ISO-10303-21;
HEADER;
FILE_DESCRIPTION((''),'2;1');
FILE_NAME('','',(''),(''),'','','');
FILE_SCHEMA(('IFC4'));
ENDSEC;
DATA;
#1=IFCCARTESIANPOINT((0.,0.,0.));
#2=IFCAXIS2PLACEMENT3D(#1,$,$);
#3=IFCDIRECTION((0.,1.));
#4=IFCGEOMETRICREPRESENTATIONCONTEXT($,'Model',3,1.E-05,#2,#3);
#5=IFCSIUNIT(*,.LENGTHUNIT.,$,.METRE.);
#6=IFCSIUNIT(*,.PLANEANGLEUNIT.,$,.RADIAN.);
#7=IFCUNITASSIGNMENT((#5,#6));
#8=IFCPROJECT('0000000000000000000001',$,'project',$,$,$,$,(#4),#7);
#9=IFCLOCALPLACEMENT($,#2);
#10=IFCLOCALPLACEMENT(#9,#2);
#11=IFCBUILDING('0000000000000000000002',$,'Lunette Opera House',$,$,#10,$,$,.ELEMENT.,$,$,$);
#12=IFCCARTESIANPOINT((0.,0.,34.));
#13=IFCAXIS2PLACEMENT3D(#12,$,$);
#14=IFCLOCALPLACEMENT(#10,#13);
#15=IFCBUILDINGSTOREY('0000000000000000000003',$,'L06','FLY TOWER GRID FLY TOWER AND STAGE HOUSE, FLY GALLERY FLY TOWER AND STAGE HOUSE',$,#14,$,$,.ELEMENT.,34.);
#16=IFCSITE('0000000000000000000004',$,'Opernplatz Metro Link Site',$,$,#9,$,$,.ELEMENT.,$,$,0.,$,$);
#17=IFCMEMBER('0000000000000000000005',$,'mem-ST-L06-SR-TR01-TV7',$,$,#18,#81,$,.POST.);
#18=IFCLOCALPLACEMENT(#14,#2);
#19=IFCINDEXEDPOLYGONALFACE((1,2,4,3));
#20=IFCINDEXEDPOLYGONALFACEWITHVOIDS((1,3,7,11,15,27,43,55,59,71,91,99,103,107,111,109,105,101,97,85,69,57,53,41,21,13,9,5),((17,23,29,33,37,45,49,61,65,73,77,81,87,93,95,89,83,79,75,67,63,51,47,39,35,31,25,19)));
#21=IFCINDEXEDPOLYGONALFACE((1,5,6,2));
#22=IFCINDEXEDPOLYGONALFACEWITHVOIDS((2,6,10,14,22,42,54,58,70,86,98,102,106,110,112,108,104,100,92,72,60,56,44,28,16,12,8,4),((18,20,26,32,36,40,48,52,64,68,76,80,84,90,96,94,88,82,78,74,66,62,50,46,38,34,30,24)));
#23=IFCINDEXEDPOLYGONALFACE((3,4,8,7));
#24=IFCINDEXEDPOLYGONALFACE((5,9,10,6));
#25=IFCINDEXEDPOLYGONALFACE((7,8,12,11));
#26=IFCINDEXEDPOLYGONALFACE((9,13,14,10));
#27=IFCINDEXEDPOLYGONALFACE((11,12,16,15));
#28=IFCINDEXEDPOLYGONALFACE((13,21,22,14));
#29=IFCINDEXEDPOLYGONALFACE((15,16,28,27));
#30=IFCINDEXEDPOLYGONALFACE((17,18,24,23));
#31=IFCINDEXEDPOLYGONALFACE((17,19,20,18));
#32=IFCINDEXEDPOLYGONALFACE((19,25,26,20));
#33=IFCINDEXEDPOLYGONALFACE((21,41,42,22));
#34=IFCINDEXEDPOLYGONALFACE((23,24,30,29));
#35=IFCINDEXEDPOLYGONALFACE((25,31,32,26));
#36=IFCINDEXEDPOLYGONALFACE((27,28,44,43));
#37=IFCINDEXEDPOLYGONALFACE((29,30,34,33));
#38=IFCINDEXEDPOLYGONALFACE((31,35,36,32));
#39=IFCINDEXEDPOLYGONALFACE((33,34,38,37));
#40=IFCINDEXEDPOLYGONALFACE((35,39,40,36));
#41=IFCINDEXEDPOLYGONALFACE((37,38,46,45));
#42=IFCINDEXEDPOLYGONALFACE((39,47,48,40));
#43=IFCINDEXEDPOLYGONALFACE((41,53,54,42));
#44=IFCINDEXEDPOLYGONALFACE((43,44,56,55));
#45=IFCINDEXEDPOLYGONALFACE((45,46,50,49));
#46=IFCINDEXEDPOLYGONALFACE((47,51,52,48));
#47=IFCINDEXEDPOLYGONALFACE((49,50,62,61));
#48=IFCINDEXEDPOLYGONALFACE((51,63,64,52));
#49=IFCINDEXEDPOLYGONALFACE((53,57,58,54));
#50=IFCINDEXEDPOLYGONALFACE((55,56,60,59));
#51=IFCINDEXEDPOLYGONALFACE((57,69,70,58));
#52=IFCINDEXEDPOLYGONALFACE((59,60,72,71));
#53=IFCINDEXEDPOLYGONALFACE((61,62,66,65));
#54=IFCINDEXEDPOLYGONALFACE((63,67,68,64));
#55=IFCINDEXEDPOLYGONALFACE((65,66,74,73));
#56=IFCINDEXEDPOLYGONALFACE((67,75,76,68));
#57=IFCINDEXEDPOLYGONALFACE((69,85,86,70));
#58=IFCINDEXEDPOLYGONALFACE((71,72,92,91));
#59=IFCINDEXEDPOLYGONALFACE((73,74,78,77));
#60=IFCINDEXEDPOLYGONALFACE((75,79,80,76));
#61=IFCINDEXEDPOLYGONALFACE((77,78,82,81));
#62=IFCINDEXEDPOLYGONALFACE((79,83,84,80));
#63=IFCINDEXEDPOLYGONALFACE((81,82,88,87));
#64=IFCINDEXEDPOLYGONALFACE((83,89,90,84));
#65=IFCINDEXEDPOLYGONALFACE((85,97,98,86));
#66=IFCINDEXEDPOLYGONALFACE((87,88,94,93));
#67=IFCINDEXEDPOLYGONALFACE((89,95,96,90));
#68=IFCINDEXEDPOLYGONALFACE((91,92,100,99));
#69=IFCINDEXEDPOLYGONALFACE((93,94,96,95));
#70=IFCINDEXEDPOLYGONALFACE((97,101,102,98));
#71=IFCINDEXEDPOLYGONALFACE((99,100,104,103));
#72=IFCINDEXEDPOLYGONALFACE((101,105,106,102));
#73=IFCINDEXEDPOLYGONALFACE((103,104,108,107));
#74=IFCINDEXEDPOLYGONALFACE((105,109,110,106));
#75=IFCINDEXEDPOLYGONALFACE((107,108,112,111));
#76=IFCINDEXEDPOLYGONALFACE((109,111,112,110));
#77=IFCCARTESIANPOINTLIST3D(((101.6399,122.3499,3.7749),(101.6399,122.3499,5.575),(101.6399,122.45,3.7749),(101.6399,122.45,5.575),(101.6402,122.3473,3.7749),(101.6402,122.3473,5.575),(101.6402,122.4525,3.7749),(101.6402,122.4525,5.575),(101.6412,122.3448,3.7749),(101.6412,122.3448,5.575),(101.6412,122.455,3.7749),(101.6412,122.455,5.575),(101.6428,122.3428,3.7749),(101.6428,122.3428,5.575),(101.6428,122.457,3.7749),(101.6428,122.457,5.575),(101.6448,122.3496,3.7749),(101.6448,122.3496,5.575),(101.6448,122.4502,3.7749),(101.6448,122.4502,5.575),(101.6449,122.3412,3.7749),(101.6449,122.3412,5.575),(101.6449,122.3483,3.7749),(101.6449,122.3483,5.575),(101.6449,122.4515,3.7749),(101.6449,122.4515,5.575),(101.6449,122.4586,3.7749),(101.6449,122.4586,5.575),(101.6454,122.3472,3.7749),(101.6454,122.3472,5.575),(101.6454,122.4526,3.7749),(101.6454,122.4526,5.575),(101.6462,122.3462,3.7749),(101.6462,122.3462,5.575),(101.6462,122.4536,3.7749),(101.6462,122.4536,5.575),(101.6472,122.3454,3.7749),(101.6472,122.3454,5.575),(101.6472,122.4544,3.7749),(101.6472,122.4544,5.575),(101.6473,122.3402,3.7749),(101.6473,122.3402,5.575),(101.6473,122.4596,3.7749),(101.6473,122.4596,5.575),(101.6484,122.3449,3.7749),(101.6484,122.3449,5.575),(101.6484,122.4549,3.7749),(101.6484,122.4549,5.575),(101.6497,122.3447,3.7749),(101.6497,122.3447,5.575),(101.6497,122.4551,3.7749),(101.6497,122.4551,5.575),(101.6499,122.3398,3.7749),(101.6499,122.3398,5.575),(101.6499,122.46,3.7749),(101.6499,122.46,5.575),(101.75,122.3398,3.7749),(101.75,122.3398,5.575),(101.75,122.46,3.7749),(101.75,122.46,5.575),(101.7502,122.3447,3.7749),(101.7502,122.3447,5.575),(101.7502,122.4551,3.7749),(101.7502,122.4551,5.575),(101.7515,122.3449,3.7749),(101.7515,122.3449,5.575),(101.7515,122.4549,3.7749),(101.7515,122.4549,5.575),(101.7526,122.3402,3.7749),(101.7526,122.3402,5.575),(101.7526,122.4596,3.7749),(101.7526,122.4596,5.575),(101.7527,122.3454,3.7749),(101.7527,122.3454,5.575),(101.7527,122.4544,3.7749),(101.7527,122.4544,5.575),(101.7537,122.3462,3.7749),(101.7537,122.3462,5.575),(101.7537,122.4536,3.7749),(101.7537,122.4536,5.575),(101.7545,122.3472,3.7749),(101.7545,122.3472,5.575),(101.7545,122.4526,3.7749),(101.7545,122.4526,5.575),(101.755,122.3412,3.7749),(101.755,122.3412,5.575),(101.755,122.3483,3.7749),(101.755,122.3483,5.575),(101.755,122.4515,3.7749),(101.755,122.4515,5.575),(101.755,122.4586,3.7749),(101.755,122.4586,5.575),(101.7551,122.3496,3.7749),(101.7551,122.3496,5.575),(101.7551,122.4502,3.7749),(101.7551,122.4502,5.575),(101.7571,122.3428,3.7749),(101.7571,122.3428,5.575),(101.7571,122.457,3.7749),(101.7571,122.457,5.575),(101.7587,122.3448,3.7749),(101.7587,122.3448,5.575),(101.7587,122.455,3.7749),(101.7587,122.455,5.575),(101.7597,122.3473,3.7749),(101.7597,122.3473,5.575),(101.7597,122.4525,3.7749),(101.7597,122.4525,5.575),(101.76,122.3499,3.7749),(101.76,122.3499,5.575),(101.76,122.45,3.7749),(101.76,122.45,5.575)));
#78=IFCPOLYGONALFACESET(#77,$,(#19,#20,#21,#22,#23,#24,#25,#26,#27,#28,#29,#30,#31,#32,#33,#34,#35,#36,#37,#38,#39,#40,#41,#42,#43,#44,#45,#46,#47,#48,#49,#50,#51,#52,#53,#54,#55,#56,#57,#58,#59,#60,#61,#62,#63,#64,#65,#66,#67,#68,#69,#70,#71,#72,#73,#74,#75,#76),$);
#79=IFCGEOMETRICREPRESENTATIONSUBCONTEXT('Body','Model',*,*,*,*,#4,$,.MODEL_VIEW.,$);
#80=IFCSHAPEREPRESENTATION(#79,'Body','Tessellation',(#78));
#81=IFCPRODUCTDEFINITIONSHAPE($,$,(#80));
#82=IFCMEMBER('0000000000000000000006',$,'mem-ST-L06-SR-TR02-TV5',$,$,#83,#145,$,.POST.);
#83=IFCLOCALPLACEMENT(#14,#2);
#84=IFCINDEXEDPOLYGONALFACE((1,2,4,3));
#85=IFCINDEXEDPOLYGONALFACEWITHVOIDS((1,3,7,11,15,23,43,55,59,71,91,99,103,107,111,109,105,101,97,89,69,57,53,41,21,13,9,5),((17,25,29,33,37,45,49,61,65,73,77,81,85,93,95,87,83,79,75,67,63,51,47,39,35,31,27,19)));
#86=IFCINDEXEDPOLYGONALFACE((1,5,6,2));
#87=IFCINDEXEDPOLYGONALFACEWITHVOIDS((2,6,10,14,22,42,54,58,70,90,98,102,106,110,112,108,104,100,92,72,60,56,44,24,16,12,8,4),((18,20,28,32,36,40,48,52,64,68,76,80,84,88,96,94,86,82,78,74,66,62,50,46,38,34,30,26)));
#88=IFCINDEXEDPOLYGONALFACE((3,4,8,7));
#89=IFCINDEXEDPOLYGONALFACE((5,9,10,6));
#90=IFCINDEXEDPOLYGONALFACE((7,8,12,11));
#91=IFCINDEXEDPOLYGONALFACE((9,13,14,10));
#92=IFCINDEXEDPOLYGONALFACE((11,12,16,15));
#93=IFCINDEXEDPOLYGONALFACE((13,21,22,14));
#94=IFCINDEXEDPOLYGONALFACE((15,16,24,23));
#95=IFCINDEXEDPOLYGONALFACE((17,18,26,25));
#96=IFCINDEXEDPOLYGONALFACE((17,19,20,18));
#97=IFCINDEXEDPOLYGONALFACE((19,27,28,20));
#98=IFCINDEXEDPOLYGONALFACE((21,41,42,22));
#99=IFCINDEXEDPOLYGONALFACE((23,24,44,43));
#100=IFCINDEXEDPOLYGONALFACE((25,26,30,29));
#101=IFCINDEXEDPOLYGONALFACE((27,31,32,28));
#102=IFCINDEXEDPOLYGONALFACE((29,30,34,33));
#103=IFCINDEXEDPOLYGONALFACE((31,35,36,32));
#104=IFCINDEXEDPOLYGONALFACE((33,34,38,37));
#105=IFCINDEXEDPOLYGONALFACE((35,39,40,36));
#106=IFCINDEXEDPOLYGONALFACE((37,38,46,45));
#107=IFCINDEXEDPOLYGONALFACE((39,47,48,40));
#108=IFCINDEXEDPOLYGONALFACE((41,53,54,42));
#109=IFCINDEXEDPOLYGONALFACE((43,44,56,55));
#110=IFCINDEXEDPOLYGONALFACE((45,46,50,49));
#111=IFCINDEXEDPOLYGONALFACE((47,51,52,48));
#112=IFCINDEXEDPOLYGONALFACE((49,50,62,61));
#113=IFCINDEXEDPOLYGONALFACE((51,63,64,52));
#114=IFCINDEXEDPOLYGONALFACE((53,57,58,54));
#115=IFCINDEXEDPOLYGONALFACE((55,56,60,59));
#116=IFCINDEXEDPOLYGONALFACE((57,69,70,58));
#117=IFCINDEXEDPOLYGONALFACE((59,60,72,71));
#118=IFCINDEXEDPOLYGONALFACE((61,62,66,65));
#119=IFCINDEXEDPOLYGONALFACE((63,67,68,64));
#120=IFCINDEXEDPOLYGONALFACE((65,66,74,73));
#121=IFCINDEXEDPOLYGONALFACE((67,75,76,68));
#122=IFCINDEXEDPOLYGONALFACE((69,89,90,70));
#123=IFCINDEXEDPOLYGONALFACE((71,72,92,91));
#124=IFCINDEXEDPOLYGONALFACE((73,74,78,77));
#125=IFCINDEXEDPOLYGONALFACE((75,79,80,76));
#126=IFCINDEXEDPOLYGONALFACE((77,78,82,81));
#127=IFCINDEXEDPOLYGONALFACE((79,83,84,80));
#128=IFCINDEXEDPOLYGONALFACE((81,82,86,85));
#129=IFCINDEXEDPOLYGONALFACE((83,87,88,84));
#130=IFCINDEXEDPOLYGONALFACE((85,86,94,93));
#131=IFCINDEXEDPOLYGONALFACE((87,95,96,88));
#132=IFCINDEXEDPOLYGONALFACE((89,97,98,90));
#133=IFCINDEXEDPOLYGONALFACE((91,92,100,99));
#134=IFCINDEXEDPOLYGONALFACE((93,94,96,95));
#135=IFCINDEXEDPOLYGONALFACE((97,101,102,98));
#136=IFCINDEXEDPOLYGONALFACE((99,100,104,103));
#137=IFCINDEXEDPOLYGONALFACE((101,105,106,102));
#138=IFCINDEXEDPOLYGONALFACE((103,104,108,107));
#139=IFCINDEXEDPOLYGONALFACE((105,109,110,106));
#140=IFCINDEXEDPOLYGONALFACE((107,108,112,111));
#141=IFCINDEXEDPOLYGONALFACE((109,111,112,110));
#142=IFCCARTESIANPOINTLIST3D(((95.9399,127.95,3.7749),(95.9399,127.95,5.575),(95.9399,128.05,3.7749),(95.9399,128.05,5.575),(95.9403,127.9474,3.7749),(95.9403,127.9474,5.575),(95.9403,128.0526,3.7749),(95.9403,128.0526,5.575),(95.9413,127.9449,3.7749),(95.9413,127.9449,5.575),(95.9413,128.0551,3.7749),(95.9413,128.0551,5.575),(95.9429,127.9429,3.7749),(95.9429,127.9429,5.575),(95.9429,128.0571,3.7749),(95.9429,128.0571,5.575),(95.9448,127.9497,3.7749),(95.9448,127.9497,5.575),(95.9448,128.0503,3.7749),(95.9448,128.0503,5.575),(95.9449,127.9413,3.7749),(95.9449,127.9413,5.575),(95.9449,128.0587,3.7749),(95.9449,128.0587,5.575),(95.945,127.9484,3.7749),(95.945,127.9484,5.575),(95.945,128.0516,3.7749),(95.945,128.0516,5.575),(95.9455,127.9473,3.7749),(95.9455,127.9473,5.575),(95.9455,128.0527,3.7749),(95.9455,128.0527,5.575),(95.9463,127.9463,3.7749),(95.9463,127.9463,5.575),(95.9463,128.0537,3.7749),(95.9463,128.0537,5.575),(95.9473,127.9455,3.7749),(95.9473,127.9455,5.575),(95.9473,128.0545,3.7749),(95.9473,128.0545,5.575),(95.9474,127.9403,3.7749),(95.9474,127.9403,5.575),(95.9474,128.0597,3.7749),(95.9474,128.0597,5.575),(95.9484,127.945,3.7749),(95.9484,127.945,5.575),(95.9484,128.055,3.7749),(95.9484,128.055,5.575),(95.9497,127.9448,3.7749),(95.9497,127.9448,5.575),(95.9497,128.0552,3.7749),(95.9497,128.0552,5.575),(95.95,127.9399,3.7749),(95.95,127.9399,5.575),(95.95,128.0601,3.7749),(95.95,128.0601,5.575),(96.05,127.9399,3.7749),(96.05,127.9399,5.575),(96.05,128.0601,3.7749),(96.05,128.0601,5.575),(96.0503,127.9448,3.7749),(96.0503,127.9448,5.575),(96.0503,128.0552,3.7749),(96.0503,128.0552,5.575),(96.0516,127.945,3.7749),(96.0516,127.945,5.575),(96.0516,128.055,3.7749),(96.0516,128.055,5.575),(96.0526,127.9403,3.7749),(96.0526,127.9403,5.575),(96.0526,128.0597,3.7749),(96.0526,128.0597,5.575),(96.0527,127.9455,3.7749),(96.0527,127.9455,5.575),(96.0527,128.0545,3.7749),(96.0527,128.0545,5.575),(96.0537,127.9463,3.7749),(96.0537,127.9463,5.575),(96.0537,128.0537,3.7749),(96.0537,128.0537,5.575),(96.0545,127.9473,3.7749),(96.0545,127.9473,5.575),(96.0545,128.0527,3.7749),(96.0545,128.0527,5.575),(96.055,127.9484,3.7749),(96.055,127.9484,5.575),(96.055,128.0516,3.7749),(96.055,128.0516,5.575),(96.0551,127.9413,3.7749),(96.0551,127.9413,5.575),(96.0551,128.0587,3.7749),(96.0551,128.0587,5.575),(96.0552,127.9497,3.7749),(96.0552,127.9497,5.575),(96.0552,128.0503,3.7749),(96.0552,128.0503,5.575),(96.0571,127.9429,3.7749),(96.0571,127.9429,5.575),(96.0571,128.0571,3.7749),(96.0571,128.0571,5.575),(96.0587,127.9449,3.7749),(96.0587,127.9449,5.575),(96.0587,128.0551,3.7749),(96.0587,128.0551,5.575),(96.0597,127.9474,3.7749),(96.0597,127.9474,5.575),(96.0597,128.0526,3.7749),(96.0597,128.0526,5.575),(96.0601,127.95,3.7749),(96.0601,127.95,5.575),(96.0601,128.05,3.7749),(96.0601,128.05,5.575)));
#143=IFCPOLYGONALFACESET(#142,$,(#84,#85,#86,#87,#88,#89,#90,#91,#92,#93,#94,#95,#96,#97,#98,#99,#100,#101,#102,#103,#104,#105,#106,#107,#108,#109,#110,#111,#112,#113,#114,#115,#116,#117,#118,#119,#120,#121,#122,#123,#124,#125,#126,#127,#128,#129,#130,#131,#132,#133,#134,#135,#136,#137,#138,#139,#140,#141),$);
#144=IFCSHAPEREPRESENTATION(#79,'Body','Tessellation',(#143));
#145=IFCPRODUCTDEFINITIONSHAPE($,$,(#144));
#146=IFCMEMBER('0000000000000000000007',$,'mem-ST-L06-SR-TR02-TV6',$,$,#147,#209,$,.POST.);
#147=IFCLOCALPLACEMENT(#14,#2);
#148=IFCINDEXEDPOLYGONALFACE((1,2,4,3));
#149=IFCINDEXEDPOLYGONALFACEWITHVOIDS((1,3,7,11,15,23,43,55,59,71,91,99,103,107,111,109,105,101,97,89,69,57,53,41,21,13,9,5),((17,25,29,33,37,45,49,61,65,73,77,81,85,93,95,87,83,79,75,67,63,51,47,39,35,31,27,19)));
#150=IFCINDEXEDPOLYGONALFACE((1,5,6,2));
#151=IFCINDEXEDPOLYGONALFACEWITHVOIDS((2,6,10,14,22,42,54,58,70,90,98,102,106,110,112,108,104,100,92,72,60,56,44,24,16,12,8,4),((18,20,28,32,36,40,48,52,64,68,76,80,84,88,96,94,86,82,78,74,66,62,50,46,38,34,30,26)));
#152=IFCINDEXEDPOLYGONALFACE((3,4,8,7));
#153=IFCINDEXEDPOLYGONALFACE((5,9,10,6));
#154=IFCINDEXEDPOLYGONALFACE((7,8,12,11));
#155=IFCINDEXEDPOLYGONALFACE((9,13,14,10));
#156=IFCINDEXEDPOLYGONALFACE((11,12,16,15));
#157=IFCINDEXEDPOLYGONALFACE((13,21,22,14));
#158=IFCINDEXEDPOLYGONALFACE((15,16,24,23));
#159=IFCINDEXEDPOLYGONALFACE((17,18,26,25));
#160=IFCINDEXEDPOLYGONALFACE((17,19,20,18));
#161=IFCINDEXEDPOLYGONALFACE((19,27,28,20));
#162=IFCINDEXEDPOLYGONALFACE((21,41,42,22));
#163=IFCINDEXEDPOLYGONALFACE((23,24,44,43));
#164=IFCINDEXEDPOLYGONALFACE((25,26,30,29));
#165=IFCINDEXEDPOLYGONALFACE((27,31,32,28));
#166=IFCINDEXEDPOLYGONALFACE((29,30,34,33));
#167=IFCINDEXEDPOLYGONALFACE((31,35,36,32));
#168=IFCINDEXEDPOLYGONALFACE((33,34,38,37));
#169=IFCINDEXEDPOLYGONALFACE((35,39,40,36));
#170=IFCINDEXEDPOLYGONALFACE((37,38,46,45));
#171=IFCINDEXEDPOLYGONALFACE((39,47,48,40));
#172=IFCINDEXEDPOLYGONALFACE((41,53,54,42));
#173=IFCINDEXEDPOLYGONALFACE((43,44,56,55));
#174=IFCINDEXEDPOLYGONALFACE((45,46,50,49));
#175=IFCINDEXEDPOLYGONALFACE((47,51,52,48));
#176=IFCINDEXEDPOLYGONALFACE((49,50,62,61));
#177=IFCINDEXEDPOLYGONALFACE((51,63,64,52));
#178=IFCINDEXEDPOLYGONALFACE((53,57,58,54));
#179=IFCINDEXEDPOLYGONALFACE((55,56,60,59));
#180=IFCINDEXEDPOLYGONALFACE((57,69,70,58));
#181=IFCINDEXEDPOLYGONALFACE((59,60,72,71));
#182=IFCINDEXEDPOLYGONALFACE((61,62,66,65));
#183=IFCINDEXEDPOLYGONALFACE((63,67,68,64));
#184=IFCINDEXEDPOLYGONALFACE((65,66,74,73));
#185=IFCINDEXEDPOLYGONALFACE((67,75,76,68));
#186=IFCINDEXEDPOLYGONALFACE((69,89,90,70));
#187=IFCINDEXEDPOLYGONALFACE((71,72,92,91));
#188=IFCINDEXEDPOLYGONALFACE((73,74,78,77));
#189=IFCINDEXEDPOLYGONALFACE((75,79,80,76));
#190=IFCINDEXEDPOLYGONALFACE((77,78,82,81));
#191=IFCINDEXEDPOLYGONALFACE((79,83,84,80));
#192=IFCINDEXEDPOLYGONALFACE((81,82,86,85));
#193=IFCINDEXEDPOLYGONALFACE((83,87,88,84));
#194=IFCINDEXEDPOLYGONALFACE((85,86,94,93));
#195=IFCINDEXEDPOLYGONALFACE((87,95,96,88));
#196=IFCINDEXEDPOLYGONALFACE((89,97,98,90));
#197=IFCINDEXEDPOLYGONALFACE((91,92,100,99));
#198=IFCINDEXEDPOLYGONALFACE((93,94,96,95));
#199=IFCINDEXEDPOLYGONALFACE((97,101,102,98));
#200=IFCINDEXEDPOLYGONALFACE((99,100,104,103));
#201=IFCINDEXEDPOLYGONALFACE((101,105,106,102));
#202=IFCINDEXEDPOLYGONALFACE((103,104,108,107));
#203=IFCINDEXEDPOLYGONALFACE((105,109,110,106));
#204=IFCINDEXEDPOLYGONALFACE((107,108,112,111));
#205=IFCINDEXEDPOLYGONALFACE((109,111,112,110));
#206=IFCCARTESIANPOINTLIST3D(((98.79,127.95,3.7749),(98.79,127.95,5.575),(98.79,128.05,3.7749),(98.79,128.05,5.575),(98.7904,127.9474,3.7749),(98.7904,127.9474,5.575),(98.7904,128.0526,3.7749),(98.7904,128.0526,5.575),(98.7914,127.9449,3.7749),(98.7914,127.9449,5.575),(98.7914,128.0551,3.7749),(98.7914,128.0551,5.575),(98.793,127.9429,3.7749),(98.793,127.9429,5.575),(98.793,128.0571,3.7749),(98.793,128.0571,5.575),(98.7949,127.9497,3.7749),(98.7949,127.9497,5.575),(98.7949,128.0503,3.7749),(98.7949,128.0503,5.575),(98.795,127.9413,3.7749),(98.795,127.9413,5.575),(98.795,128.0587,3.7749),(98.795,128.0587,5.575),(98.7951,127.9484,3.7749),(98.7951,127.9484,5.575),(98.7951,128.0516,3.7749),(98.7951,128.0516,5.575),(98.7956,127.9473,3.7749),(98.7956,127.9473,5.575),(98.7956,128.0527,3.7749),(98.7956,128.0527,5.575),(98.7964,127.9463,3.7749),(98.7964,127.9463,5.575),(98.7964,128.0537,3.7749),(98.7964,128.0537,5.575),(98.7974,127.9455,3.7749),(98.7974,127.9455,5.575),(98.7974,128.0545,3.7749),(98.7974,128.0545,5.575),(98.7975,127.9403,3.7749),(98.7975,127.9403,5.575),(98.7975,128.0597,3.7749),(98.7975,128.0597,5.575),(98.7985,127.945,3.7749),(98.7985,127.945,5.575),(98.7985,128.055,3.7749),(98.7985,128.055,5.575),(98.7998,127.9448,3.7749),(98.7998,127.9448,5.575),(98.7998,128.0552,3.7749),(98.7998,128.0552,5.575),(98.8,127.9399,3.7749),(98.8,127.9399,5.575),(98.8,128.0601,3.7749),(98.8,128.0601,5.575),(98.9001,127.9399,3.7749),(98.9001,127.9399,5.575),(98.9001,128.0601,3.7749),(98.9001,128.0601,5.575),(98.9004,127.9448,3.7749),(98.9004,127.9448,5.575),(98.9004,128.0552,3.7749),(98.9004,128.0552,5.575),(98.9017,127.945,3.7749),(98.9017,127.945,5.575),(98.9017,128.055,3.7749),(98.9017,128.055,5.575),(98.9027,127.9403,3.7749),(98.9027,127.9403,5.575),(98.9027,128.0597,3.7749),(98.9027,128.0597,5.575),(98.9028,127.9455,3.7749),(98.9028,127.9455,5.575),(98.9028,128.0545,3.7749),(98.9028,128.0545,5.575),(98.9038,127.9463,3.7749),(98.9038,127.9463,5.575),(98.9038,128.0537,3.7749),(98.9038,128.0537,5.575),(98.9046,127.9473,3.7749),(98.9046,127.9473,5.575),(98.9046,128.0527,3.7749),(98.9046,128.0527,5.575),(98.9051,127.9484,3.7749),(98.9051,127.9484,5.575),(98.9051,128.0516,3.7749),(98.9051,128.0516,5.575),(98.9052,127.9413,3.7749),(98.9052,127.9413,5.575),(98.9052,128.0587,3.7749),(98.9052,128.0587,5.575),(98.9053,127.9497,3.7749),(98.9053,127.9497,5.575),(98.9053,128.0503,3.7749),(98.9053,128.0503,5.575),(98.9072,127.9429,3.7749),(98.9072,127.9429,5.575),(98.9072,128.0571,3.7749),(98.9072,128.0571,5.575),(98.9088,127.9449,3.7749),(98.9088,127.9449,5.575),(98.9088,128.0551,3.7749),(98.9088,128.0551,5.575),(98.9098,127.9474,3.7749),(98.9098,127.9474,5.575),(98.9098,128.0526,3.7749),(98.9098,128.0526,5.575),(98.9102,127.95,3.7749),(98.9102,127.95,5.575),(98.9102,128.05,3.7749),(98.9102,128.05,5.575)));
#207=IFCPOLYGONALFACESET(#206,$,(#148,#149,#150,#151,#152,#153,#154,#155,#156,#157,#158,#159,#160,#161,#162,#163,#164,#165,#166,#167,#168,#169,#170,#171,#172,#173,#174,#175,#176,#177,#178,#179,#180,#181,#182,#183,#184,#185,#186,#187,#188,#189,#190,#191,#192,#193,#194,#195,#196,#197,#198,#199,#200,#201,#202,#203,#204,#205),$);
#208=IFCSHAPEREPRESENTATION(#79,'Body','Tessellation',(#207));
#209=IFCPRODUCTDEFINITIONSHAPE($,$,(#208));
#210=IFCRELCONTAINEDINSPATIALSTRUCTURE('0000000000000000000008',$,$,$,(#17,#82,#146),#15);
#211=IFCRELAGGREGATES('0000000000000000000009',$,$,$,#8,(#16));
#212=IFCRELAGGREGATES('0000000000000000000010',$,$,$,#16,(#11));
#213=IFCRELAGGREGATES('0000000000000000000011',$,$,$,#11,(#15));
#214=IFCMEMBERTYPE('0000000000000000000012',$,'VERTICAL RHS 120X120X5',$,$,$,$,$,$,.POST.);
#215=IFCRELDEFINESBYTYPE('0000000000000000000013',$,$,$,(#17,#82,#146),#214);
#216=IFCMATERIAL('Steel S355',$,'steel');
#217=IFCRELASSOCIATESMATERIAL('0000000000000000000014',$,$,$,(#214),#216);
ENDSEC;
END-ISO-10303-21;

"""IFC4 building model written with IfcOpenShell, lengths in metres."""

from ifc_helpers import new_model, si_unit, direction, frame, origin, origin_2d, place, context, subcontext, project, spatial, hollow_rectangle, extrude, material, material_profile, profile_set, type_object, element, save


model = new_model("IFC4")

# Units and contexts
model_context = context("Model", 3, precision=1e-05, world=origin(), true_north=direction((0.0, 1.0)))
body_context = subcontext(model_context, "Body", "Model", "MODEL_VIEW")
ifc_project = project(units=[si_unit("LENGTHUNIT", "METRE"), si_unit("PLANEANGLEUNIT", "RADIAN")], contexts=[model_context])

# Site, building, storey
site_placement = place(None, origin())
site = spatial("IfcSite", under=ifc_project, at=site_placement, Name="Opernplatz Metro Link Site", CompositionType="ELEMENT", RefElevation=0.0)
building_placement = place(site_placement, origin())
building = spatial("IfcBuilding", under=site, at=building_placement, Name="Lunette Opera House", CompositionType="ELEMENT")
storey_placement = place(building_placement, frame((0.0, 0.0, 34.0)))
storey = spatial("IfcBuildingStorey", under=building, at=storey_placement, Name="L06", Description="FLY TOWER GRID FLY TOWER AND STAGE HOUSE, FLY GALLERY FLY TOWER AND STAGE HOUSE", CompositionType="ELEMENT", Elevation=34.0)

# Members
ifc_material_1 = material(Name="Steel S355", Category="steel")
ifc_material_profile_1 = material_profile(ifc_material_1, hollow_rectangle(XDim=0.1201, YDim=0.1201, WallThickness=0.0049, InnerFilletRadius=0.0049, OuterFilletRadius=0.01, at=origin_2d()), Name="RHS 120X120X5")
ifc_profile_set_1 = profile_set([ifc_material_profile_1], Name="Steel S355")
member_type_1 = type_object("IfcMemberType", Name="VERTICAL RHS 120X120X5", PredefinedType="POST", material=ifc_profile_set_1)
for number, where, z_axis, x_axis, name in (
    (1, (101.7, 122.3999, 3.7749), (0.0, 0.0, 1.0), (1.0, 0.0, 0.0), "mem-ST-L06-SR-TR01-TV7"),
    (2, (96.0, 128.0, 3.7749), (0.0, 0.0, 1.0), (1.0, 0.0, 0.0), "mem-ST-L06-SR-TR02-TV5"),
    (3, (98.8501, 128.0, 3.7749), (0.0, 0.0, 1.0), (1.0, 0.0, 0.0), "mem-ST-L06-SR-TR02-TV6"),
):
    element("IfcMember", number, at=place(storey_placement, frame(where, z_axis=z_axis, x_axis=x_axis)), inside=storey, type_object=member_type_1, Name=name, PredefinedType="POST", context=body_context, shape_type="SweptSolid", body=[
        extrude(hollow_rectangle(XDim=0.1201, YDim=0.1201, WallThickness=0.0049, InnerFilletRadius=0.0049, OuterFilletRadius=0.01, at=origin_2d()), origin(), (0.0, 0.0, 1.0), 1.8),
    ])

save(model, "model.ifc")
